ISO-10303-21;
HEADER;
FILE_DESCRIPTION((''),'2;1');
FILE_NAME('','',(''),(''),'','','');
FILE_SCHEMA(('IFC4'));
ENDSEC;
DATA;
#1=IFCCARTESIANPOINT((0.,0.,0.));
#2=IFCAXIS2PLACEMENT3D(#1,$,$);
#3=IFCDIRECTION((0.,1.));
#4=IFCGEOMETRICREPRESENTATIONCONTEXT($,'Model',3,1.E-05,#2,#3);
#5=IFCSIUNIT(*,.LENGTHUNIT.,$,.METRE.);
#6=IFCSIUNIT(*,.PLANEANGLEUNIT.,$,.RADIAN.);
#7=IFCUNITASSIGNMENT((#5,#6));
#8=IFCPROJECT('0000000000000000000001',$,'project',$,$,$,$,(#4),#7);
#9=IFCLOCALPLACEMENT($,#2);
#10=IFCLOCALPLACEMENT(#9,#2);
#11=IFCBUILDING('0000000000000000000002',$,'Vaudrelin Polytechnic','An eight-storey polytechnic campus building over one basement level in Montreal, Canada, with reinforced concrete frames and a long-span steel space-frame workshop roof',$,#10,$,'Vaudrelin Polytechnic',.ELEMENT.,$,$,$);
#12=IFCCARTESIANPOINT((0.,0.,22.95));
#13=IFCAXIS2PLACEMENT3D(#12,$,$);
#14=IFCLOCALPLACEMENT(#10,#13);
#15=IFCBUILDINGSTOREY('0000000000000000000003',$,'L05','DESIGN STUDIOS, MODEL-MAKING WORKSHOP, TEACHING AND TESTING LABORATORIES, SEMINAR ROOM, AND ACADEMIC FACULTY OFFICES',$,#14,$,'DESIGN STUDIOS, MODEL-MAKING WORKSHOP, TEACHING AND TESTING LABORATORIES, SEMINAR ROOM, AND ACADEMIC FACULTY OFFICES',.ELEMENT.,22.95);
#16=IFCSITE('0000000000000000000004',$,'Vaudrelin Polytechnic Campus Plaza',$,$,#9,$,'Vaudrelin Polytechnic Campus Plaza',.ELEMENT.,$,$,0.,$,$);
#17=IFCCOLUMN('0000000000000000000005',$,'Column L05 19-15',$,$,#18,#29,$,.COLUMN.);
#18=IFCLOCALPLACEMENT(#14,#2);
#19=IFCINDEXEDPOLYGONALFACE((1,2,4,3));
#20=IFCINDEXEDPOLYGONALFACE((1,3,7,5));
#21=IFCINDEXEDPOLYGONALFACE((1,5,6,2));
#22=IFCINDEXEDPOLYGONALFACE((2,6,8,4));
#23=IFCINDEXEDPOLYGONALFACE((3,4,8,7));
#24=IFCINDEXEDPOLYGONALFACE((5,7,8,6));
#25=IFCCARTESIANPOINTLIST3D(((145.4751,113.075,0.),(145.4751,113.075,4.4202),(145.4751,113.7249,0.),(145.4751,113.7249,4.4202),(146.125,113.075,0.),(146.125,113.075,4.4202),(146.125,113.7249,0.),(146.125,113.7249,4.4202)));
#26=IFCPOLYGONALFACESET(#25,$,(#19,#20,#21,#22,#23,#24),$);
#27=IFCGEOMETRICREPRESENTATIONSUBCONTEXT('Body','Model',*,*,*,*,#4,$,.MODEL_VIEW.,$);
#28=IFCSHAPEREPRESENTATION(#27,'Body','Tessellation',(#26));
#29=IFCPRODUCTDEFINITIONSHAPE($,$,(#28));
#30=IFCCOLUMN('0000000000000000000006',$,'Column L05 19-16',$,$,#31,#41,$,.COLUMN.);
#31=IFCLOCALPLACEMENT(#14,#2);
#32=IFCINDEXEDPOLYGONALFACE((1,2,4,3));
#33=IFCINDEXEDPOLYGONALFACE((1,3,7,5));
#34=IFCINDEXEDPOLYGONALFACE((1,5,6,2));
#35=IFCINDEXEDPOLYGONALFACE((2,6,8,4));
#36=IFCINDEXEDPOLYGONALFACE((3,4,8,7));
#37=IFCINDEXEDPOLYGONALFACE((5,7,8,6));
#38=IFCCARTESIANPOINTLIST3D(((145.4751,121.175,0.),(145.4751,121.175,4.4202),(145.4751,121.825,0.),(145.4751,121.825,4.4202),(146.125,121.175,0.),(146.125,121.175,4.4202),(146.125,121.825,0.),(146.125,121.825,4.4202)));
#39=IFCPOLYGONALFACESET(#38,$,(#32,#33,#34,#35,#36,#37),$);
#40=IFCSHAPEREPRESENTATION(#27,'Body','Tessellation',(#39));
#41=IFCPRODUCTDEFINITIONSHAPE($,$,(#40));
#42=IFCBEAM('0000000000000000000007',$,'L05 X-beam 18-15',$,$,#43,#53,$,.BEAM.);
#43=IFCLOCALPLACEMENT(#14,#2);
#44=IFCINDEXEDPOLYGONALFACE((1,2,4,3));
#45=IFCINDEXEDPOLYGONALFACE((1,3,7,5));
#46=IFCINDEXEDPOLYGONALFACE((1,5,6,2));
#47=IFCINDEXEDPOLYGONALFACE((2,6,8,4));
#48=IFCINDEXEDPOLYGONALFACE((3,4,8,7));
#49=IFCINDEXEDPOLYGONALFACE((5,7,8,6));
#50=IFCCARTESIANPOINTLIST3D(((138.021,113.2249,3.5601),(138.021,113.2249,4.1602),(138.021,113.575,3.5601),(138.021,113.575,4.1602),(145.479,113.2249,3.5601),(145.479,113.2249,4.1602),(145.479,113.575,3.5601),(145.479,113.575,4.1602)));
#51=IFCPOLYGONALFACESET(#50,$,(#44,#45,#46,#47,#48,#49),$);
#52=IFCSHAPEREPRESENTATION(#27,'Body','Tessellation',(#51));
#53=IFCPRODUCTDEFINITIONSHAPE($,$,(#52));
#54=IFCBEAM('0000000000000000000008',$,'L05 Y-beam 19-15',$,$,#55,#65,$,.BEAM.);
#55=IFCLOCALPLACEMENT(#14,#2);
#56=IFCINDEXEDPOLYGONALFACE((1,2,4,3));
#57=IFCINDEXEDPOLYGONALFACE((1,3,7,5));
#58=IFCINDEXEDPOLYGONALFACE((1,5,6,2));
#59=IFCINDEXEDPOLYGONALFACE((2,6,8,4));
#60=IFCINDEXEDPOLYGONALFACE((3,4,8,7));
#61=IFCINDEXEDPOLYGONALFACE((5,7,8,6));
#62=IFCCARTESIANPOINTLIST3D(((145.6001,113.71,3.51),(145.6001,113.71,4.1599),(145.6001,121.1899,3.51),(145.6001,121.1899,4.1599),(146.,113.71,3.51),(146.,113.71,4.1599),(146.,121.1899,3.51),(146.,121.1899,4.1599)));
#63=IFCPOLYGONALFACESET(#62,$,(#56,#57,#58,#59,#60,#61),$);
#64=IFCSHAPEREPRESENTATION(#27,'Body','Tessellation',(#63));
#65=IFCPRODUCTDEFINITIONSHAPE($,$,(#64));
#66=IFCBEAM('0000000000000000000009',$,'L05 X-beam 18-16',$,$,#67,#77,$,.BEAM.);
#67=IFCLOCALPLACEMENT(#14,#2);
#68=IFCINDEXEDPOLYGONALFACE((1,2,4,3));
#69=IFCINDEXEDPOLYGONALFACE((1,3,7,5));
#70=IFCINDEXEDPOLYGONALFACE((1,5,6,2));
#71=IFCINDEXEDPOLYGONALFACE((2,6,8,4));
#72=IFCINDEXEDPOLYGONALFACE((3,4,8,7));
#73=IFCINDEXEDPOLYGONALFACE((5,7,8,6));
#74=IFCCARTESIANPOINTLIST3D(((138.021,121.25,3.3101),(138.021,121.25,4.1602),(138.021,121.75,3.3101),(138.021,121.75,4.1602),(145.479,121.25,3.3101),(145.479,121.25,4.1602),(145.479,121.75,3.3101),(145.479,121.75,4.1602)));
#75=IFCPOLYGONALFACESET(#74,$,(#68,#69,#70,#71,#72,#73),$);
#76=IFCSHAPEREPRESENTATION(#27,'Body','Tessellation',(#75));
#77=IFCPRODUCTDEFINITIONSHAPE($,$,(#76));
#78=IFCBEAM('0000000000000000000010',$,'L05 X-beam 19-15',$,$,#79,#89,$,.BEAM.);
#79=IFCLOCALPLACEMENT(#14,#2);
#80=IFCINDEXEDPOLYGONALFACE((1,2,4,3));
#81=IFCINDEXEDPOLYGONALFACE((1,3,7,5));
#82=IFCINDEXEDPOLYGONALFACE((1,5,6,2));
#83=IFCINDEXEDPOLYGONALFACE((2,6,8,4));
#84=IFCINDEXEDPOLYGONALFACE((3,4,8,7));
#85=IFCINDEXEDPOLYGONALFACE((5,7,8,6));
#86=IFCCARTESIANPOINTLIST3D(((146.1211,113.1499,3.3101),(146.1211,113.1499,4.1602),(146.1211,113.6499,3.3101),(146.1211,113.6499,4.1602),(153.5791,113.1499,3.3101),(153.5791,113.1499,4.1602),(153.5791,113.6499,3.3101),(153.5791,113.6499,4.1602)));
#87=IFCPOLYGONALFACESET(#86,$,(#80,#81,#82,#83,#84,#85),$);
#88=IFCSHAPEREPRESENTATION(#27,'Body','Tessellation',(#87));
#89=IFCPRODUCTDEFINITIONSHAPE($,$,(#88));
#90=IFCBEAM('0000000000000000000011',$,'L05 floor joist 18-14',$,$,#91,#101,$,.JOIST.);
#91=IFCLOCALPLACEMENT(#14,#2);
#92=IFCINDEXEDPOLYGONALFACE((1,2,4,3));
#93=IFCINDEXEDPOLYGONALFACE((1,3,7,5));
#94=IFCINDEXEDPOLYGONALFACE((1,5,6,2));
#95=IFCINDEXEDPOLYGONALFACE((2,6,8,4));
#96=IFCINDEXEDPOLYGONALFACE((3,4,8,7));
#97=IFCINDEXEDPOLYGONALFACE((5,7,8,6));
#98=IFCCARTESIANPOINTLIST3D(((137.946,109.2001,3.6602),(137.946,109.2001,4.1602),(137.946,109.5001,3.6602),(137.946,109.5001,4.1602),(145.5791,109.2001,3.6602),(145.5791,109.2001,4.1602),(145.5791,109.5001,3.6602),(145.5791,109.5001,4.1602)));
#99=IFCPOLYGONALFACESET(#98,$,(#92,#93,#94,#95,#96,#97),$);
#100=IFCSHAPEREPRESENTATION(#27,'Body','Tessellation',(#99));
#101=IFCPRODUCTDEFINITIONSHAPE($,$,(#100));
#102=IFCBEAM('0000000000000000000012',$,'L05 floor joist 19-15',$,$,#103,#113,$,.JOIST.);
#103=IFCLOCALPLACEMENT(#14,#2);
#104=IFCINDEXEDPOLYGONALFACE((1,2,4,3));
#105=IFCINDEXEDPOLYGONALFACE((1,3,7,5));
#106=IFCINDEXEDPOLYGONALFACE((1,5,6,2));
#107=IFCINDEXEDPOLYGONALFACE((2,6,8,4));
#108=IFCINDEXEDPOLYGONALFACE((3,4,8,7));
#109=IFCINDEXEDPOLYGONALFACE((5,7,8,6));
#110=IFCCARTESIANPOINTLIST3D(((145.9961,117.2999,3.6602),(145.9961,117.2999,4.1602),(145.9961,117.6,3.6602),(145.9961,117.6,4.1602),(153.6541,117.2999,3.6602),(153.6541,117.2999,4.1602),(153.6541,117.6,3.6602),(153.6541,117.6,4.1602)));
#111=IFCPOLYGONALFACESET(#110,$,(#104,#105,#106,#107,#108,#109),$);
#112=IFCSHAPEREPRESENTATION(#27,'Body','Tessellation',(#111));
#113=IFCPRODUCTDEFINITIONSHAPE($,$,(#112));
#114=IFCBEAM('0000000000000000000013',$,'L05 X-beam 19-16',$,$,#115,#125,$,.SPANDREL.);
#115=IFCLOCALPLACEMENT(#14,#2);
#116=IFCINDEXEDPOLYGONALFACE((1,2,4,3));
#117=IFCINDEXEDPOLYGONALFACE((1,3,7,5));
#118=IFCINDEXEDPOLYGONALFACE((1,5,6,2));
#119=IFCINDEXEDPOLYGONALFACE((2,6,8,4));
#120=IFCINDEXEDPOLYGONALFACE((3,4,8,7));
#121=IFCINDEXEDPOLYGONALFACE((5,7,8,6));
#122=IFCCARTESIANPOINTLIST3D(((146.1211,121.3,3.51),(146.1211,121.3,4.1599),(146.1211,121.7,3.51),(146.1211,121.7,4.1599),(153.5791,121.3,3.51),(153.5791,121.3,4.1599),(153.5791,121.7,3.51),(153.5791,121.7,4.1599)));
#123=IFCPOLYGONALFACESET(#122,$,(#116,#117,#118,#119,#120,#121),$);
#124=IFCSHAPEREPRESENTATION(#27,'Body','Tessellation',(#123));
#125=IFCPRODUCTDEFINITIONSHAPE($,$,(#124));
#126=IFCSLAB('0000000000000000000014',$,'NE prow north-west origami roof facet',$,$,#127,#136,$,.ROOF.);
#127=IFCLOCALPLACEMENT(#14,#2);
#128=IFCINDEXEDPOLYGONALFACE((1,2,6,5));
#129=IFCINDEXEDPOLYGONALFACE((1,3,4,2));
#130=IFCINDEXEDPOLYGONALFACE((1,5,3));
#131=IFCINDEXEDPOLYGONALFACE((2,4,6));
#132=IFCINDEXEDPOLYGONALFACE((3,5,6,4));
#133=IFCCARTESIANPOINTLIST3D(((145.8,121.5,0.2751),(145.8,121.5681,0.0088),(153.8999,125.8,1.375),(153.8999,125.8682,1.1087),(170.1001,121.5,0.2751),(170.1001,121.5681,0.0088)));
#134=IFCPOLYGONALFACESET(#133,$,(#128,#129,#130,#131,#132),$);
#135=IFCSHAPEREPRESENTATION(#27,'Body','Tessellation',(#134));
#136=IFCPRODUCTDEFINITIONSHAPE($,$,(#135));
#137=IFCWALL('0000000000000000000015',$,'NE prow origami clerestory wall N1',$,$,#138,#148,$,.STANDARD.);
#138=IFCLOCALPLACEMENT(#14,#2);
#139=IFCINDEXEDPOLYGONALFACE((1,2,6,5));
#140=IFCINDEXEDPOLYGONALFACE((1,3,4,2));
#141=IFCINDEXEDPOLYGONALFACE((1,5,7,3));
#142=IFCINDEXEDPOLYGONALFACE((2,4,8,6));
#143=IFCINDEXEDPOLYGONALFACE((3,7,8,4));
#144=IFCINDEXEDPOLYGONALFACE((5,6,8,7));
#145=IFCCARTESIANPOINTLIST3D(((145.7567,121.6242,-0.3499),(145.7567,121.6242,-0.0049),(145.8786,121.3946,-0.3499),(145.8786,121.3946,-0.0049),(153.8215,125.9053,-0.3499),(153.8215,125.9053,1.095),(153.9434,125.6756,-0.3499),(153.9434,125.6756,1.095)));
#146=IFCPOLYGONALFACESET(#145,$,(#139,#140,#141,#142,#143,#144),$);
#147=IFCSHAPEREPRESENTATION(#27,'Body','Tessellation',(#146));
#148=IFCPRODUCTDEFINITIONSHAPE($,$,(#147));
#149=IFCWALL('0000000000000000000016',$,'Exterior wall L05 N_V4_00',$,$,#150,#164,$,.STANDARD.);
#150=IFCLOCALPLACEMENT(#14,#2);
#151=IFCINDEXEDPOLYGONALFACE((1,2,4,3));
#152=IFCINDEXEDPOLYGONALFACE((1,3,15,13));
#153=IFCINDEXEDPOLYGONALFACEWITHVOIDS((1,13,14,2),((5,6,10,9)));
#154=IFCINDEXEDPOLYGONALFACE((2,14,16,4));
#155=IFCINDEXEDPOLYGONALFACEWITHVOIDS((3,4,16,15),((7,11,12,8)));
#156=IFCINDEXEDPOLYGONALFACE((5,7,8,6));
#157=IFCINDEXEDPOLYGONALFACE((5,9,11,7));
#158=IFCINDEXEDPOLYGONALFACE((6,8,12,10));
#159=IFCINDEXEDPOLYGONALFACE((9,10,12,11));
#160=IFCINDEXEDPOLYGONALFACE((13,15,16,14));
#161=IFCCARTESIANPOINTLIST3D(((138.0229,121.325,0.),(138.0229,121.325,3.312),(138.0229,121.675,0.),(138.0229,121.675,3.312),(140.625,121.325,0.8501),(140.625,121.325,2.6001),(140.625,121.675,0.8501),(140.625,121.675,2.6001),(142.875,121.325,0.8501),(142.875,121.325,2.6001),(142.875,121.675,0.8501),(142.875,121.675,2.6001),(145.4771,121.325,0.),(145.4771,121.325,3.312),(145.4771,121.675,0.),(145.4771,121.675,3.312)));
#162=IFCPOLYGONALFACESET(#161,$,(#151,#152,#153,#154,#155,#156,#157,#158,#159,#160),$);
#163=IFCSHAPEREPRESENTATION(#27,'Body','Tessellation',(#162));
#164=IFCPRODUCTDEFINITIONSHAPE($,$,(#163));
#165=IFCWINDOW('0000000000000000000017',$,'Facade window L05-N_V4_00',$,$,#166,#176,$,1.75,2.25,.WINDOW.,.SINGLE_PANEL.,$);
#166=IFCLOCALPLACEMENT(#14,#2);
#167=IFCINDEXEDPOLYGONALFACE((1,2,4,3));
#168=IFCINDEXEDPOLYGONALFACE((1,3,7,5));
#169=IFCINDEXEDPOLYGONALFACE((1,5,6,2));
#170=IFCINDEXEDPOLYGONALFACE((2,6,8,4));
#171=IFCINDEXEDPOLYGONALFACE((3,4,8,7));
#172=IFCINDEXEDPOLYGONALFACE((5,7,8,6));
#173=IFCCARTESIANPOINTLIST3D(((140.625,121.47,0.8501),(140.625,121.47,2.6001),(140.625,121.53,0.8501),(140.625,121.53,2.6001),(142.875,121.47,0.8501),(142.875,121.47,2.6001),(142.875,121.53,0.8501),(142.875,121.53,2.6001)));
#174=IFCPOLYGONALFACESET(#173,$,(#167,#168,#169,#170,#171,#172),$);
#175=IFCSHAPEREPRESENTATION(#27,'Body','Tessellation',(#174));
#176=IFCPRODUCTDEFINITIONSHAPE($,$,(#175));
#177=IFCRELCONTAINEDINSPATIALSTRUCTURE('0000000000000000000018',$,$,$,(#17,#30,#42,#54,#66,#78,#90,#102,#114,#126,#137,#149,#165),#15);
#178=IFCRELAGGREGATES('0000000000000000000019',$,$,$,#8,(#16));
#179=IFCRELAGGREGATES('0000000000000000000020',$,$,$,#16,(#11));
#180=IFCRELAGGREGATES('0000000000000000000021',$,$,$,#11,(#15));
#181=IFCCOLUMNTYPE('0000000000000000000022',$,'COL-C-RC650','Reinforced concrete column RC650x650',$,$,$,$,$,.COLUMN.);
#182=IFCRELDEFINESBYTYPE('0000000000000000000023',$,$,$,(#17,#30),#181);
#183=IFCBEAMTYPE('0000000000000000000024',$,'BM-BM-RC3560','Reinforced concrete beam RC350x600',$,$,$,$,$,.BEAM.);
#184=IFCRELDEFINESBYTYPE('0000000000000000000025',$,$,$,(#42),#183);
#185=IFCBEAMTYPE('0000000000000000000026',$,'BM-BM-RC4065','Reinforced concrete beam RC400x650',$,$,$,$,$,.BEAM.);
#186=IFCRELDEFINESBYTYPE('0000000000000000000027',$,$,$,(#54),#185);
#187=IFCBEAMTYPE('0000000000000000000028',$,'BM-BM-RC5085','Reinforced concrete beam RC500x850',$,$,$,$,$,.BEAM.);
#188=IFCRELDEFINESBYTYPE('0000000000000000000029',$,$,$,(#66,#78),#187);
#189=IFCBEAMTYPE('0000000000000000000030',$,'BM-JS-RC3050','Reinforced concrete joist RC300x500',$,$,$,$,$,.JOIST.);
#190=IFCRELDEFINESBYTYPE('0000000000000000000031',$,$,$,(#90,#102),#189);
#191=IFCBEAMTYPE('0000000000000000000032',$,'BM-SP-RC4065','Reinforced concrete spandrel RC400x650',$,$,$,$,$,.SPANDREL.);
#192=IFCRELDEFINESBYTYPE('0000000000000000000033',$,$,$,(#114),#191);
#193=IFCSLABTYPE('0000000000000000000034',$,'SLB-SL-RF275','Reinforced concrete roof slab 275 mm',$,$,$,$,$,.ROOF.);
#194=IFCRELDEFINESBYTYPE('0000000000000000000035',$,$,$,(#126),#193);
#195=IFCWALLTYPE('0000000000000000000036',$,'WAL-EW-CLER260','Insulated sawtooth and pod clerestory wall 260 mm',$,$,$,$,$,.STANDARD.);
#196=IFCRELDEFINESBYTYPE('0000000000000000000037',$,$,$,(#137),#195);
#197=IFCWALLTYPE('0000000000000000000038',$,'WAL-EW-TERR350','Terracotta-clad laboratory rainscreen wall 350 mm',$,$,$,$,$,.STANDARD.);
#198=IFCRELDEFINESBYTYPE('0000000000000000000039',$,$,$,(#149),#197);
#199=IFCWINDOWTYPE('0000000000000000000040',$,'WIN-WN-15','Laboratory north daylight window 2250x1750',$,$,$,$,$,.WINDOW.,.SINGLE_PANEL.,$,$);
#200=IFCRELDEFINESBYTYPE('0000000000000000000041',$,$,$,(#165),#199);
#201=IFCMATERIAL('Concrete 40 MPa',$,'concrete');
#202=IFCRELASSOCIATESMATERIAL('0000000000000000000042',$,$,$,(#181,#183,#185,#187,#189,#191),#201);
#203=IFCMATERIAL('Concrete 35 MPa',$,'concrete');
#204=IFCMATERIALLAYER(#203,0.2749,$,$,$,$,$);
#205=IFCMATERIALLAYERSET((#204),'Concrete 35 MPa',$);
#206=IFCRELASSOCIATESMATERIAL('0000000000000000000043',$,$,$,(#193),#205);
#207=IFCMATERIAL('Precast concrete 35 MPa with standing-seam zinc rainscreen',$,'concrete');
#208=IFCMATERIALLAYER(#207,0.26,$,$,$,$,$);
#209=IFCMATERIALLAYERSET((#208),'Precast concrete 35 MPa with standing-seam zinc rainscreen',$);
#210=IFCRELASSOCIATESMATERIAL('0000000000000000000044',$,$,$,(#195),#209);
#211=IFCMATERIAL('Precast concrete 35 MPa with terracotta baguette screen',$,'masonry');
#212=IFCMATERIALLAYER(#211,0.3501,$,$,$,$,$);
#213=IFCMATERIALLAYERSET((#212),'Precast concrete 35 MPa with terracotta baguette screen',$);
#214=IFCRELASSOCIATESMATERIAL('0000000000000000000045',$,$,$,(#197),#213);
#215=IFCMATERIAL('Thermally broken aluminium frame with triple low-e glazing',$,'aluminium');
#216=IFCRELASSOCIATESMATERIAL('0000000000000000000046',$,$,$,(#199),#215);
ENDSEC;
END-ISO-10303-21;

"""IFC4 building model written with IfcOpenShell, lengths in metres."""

from ifc_helpers import new_model, si_unit, direction, frame, frame_2d, origin, origin_2d, place, context, subcontext, project, spatial, polyline, rectangle, outline, extrude, material, layer, layer_set, material_profile, profile_set, type_object, element, fill, save


model = new_model("IFC4")

# Units and contexts
model_context = context("Model", 3, precision=1e-05, world=origin(), true_north=direction((0.0, 1.0)))
body_context = subcontext(model_context, "Body", "Model", "MODEL_VIEW")
ifc_project = project(units=[si_unit("LENGTHUNIT", "METRE"), si_unit("PLANEANGLEUNIT", "RADIAN")], contexts=[model_context])

# Site, building, storey
site_placement = place(None, origin())
site = spatial("IfcSite", under=ifc_project, at=site_placement, Name="Vaudrelin Polytechnic Campus Plaza", LongName="Vaudrelin Polytechnic Campus Plaza", CompositionType="ELEMENT", RefElevation=0.0)
building_placement = place(site_placement, origin())
building = spatial("IfcBuilding", under=site, at=building_placement, Name="Vaudrelin Polytechnic", Description="An eight-storey polytechnic campus building over one basement level in Montreal, Canada, with reinforced concrete frames and a long-span steel space-frame workshop roof", LongName="Vaudrelin Polytechnic", CompositionType="ELEMENT")
storey_placement = place(building_placement, frame((0.0, 0.0, 22.95)))
storey = spatial("IfcBuildingStorey", under=building, at=storey_placement, Name="L05", Description="DESIGN STUDIOS, MODEL-MAKING WORKSHOP, TEACHING AND TESTING LABORATORIES, SEMINAR ROOM, AND ACADEMIC FACULTY OFFICES", LongName="DESIGN STUDIOS, MODEL-MAKING WORKSHOP, TEACHING AND TESTING LABORATORIES, SEMINAR ROOM, AND ACADEMIC FACULTY OFFICES", CompositionType="ELEMENT", Elevation=22.95)

# Columns
ifc_material_1 = material(Name="Concrete 40 MPa", Category="concrete")
ifc_material_profile_1 = material_profile(ifc_material_1, rectangle(XDim=0.6499, YDim=0.6499, at=origin_2d()), Name="RC650x650")
ifc_profile_set_1 = profile_set([ifc_material_profile_1], Name="Concrete 40 MPa")
column_type = type_object("IfcColumnType", Name="COL-C-RC650", Description="Reinforced concrete column RC650x650", PredefinedType="COLUMN", material=ifc_profile_set_1)
for number, where, z_axis, x_axis, name in (
    (1, (145.8, 113.3999, 0.0), (0.0, 0.0, 1.0), (1.0, 0.0, 0.0), "Column L05 19-15"),
    (2, (145.8, 121.5, 0.0), (0.0, 0.0, 1.0), (1.0, 0.0, 0.0), "Column L05 19-16"),
):
    element("IfcColumn", number, at=place(storey_placement, frame(where, z_axis=z_axis, x_axis=x_axis)), inside=storey, type_object=column_type, Name=name, PredefinedType="COLUMN", context=body_context, shape_type="SweptSolid", body=[
        extrude(rectangle(XDim=0.6499, YDim=0.6499, at=origin_2d()), origin(), (0.0, 0.0, 1.0), 4.4202),
    ])

# Beams
ifc_material_profile_2 = material_profile(ifc_material_1, rectangle(XDim=0.3501, YDim=0.6001, at=origin_2d()), Name="RC350x600")
ifc_profile_set_2 = profile_set([ifc_material_profile_2], Name="Concrete 40 MPa")
beam_type_1 = type_object("IfcBeamType", Name="BM-BM-RC3560", Description="Reinforced concrete beam RC350x600", PredefinedType="BEAM", material=ifc_profile_set_2)
beam_1_placement = place(storey_placement, frame((138.021, 113.3999, 3.8601), z_axis=(1.0, 0.0, 0.0), x_axis=(0.0, 1.0, 0.0)))
element("IfcBeam", 3, at=beam_1_placement, inside=storey, type_object=beam_type_1, Name="L05 X-beam 18-15", PredefinedType="BEAM", context=body_context, shape_type="SweptSolid", body=[
    extrude(rectangle(XDim=0.3501, YDim=0.6001, at=origin_2d()), origin(), (0.0, 0.0, 1.0), 7.458),
])
ifc_material_profile_3 = material_profile(ifc_material_1, rectangle(XDim=0.3999, YDim=0.6499, at=origin_2d()), Name="RC400x650")
ifc_profile_set_3 = profile_set([ifc_material_profile_3], Name="Concrete 40 MPa")
beam_type_2 = type_object("IfcBeamType", Name="BM-BM-RC4065", Description="Reinforced concrete beam RC400x650", PredefinedType="BEAM", material=ifc_profile_set_3)
beam_2_placement = place(storey_placement, frame((145.8, 113.71, 3.835), z_axis=(0.0, 1.0, 0.0), x_axis=(-1.0, 0.0, 0.0)))
element("IfcBeam", 4, at=beam_2_placement, inside=storey, type_object=beam_type_2, Name="L05 Y-beam 19-15", PredefinedType="BEAM", context=body_context, shape_type="SweptSolid", body=[
    extrude(rectangle(XDim=0.3999, YDim=0.6499, at=origin_2d()), origin(), (0.0, 0.0, 1.0), 7.48),
])
ifc_material_profile_4 = material_profile(ifc_material_1, rectangle(XDim=0.5, YDim=0.8501, at=origin_2d()), Name="RC500x850")
ifc_profile_set_4 = profile_set([ifc_material_profile_4], Name="Concrete 40 MPa")
beam_type_3 = type_object("IfcBeamType", Name="BM-BM-RC5085", Description="Reinforced concrete beam RC500x850", PredefinedType="BEAM", material=ifc_profile_set_4)
for number, where, z_axis, x_axis, name in (
    (5, (138.021, 121.5, 3.7351), (1.0, 0.0, 0.0), (0.0, 1.0, 0.0), "L05 X-beam 18-16"),
    (6, (146.1211, 113.3999, 3.7351), (1.0, 0.0, 0.0), (0.0, 1.0, 0.0), "L05 X-beam 19-15"),
):
    element("IfcBeam", number, at=place(storey_placement, frame(where, z_axis=z_axis, x_axis=x_axis)), inside=storey, type_object=beam_type_3, Name=name, PredefinedType="BEAM", context=body_context, shape_type="SweptSolid", body=[
        extrude(rectangle(XDim=0.5, YDim=0.8501, at=origin_2d()), origin(), (0.0, 0.0, 1.0), 7.458),
    ])
ifc_material_profile_5 = material_profile(ifc_material_1, rectangle(XDim=0.3, YDim=0.5, at=origin_2d()), Name="RC300x500")
ifc_profile_set_5 = profile_set([ifc_material_profile_5], Name="Concrete 40 MPa")
beam_type_4 = type_object("IfcBeamType", Name="BM-JS-RC3050", Description="Reinforced concrete joist RC300x500", PredefinedType="JOIST", material=ifc_profile_set_5)
beam_3_placement = place(storey_placement, frame((137.946, 109.3501, 3.9102), z_axis=(1.0, 0.0, 0.0), x_axis=(0.0, 1.0, 0.0)))
element("IfcBeam", 7, at=beam_3_placement, inside=storey, type_object=beam_type_4, Name="L05 floor joist 18-14", PredefinedType="JOIST", context=body_context, shape_type="SweptSolid", body=[
    extrude(rectangle(XDim=0.3, YDim=0.5, at=origin_2d()), origin(), (0.0, 0.0, 1.0), 7.6331),
])
beam_4_placement = place(storey_placement, frame((145.9961, 117.45, 3.9102), z_axis=(1.0, 0.0, 0.0), x_axis=(0.0, 1.0, 0.0)))
element("IfcBeam", 8, at=beam_4_placement, inside=storey, type_object=beam_type_4, Name="L05 floor joist 19-15", PredefinedType="JOIST", context=body_context, shape_type="SweptSolid", body=[
    extrude(rectangle(XDim=0.3, YDim=0.5, at=origin_2d()), origin(), (0.0, 0.0, 1.0), 7.658),
])
ifc_material_profile_6 = material_profile(ifc_material_1, rectangle(XDim=0.3999, YDim=0.6499, at=origin_2d()), Name="RC400x650")
ifc_profile_set_6 = profile_set([ifc_material_profile_6], Name="Concrete 40 MPa")
beam_type_5 = type_object("IfcBeamType", Name="BM-SP-RC4065", Description="Reinforced concrete spandrel RC400x650", PredefinedType="SPANDREL", material=ifc_profile_set_6)
beam_5_placement = place(storey_placement, frame((146.1211, 121.5, 3.835), z_axis=(1.0, 0.0, 0.0), x_axis=(0.0, 1.0, 0.0)))
element("IfcBeam", 9, at=beam_5_placement, inside=storey, type_object=beam_type_5, Name="L05 X-beam 19-16", PredefinedType="SPANDREL", context=body_context, shape_type="SweptSolid", body=[
    extrude(rectangle(XDim=0.3999, YDim=0.6499, at=origin_2d()), origin(), (0.0, 0.0, 1.0), 7.458),
])

# Slab
ifc_material_2 = material(Name="Concrete 35 MPa", Category="concrete")
ifc_layer_1 = layer(ifc_material_2, 0.2749)
ifc_layer_set_1 = layer_set([ifc_layer_1], Name="Concrete 35 MPa")
slab_type = type_object("IfcSlabType", Name="SLB-SL-RF275", Description="Reinforced concrete roof slab 275 mm", PredefinedType="ROOF", material=ifc_layer_set_1)
slab_placement = place(storey_placement, frame((145.8, 121.5, 0.2751), z_axis=(0.0, -0.2478, 0.968811), x_axis=(0.876966, 0.465564, 0.119081)))
element("IfcSlab", 10, at=slab_placement, inside=storey, type_object=slab_type, Name="NE prow north-west origami roof facet", PredefinedType="ROOF", context=body_context, shape_type="SweptSolid", body=[
    extrude(outline(polyline([(0.0, 0.0), (9.2362, 0.0), (21.3103, -11.6774), (0.0, 0.0)])), origin(), (0.0, 0.0, -1.0), 0.2749),
])

# Wall
ifc_material_3 = material(Name="Precast concrete 35 MPa with standing-seam zinc rainscreen", Category="concrete")
ifc_layer_2 = layer(ifc_material_3, 0.26)
ifc_layer_set_2 = layer_set([ifc_layer_2], Name="Precast concrete 35 MPa with standing-seam zinc rainscreen")
wall_type_1 = type_object("IfcWallType", Name="WAL-EW-CLER260", Description="Insulated sawtooth and pod clerestory wall 260 mm", PredefinedType="STANDARD", material=ifc_layer_set_2)
wall_1_placement = place(storey_placement, frame((145.8176, 121.5095, -0.3499), z_axis=(0.0, 0.0, 1.0), x_axis=(0.883268, 0.468868, 0.0)))
element("IfcWall", 11, at=wall_1_placement, inside=storey, type_object=wall_type_1, Name="NE prow origami clerestory wall N1", PredefinedType="STANDARD", context=body_context, shape_type="SweptSolid", body=[
    extrude(outline(polyline([(0.0, 0.0), (9.1306, 0.0), (9.1306, 1.4448), (0.0, 0.345), (0.0, 0.0)])), frame((0.0, 0.1299, 0.0), z_axis=(0.0, -1.0, 0.0), x_axis=(1.0, 0.0, 0.0)), (0.0, 0.0, 1.0), 0.26),
])

# Wall, opening, window
ifc_material_4 = material(Name="Precast concrete 35 MPa with terracotta baguette screen", Category="masonry")
ifc_layer_3 = layer(ifc_material_4, 0.3501)
ifc_layer_set_3 = layer_set([ifc_layer_3], Name="Precast concrete 35 MPa with terracotta baguette screen")
wall_type_2 = type_object("IfcWallType", Name="WAL-EW-TERR350", Description="Terracotta-clad laboratory rainscreen wall 350 mm", PredefinedType="STANDARD", material=ifc_layer_set_3)
wall_2_placement = place(storey_placement, frame((138.0229, 121.5, 0.0), z_axis=(0.0, 0.0, 1.0), x_axis=(1.0, 0.0, 0.0)))
wall_2 = element("IfcWall", 12, at=wall_2_placement, inside=storey, type_object=wall_type_2, Name="Exterior wall L05 N_V4_00", PredefinedType="STANDARD", context=body_context, shape_type="SweptSolid", body=[
    extrude(rectangle(XDim=7.4541, YDim=0.3501, at=frame_2d((3.7271, 0.0))), origin(), (0.0, 0.0, 1.0), 3.312),
])
opening_1_placement = place(wall_2_placement, frame((2.6021, 0.0, 0.8501)))
opening_1 = element("IfcOpeningElement", 13, at=opening_1_placement, cuts=wall_2, PredefinedType="OPENING", context=body_context, shape_type="SweptSolid", body=[
    extrude(rectangle(XDim=2.25, YDim=1.75, at=frame_2d((1.125, 0.875))), frame((0.0, 0.1851, 0.0), z_axis=(0.0, -1.0, 0.0), x_axis=(1.0, 0.0, 0.0)), (0.0, 0.0, 1.0), 0.3701),
])
ifc_material_5 = material(Name="Thermally broken aluminium frame with triple low-e glazing", Category="aluminium")
window_type_1 = type_object("IfcWindowType", Name="WIN-WN-15", Description="Laboratory north daylight window 2250x1750", PartitioningType="SINGLE_PANEL", PredefinedType="WINDOW", material=ifc_material_5)
window_1_placement = place(opening_1_placement, origin())
window_1 = element("IfcWindow", 14, at=window_1_placement, inside=storey, type_object=window_type_1, Name="Facade window L05-N_V4_00", OverallHeight=1.75, OverallWidth=2.25, PartitioningType="SINGLE_PANEL", PredefinedType="WINDOW", context=body_context, shape_type="SweptSolid", body=[
    extrude(rectangle(XDim=2.25, YDim=1.75, at=frame_2d((1.125, 0.875))), frame((0.0, 0.03, 0.0), z_axis=(0.0, -1.0, 0.0), x_axis=(1.0, 0.0, 0.0)), (0.0, 0.0, 1.0), 0.0601),
])
fill(opening_1, window_1)

save(model, "model.ifc")
